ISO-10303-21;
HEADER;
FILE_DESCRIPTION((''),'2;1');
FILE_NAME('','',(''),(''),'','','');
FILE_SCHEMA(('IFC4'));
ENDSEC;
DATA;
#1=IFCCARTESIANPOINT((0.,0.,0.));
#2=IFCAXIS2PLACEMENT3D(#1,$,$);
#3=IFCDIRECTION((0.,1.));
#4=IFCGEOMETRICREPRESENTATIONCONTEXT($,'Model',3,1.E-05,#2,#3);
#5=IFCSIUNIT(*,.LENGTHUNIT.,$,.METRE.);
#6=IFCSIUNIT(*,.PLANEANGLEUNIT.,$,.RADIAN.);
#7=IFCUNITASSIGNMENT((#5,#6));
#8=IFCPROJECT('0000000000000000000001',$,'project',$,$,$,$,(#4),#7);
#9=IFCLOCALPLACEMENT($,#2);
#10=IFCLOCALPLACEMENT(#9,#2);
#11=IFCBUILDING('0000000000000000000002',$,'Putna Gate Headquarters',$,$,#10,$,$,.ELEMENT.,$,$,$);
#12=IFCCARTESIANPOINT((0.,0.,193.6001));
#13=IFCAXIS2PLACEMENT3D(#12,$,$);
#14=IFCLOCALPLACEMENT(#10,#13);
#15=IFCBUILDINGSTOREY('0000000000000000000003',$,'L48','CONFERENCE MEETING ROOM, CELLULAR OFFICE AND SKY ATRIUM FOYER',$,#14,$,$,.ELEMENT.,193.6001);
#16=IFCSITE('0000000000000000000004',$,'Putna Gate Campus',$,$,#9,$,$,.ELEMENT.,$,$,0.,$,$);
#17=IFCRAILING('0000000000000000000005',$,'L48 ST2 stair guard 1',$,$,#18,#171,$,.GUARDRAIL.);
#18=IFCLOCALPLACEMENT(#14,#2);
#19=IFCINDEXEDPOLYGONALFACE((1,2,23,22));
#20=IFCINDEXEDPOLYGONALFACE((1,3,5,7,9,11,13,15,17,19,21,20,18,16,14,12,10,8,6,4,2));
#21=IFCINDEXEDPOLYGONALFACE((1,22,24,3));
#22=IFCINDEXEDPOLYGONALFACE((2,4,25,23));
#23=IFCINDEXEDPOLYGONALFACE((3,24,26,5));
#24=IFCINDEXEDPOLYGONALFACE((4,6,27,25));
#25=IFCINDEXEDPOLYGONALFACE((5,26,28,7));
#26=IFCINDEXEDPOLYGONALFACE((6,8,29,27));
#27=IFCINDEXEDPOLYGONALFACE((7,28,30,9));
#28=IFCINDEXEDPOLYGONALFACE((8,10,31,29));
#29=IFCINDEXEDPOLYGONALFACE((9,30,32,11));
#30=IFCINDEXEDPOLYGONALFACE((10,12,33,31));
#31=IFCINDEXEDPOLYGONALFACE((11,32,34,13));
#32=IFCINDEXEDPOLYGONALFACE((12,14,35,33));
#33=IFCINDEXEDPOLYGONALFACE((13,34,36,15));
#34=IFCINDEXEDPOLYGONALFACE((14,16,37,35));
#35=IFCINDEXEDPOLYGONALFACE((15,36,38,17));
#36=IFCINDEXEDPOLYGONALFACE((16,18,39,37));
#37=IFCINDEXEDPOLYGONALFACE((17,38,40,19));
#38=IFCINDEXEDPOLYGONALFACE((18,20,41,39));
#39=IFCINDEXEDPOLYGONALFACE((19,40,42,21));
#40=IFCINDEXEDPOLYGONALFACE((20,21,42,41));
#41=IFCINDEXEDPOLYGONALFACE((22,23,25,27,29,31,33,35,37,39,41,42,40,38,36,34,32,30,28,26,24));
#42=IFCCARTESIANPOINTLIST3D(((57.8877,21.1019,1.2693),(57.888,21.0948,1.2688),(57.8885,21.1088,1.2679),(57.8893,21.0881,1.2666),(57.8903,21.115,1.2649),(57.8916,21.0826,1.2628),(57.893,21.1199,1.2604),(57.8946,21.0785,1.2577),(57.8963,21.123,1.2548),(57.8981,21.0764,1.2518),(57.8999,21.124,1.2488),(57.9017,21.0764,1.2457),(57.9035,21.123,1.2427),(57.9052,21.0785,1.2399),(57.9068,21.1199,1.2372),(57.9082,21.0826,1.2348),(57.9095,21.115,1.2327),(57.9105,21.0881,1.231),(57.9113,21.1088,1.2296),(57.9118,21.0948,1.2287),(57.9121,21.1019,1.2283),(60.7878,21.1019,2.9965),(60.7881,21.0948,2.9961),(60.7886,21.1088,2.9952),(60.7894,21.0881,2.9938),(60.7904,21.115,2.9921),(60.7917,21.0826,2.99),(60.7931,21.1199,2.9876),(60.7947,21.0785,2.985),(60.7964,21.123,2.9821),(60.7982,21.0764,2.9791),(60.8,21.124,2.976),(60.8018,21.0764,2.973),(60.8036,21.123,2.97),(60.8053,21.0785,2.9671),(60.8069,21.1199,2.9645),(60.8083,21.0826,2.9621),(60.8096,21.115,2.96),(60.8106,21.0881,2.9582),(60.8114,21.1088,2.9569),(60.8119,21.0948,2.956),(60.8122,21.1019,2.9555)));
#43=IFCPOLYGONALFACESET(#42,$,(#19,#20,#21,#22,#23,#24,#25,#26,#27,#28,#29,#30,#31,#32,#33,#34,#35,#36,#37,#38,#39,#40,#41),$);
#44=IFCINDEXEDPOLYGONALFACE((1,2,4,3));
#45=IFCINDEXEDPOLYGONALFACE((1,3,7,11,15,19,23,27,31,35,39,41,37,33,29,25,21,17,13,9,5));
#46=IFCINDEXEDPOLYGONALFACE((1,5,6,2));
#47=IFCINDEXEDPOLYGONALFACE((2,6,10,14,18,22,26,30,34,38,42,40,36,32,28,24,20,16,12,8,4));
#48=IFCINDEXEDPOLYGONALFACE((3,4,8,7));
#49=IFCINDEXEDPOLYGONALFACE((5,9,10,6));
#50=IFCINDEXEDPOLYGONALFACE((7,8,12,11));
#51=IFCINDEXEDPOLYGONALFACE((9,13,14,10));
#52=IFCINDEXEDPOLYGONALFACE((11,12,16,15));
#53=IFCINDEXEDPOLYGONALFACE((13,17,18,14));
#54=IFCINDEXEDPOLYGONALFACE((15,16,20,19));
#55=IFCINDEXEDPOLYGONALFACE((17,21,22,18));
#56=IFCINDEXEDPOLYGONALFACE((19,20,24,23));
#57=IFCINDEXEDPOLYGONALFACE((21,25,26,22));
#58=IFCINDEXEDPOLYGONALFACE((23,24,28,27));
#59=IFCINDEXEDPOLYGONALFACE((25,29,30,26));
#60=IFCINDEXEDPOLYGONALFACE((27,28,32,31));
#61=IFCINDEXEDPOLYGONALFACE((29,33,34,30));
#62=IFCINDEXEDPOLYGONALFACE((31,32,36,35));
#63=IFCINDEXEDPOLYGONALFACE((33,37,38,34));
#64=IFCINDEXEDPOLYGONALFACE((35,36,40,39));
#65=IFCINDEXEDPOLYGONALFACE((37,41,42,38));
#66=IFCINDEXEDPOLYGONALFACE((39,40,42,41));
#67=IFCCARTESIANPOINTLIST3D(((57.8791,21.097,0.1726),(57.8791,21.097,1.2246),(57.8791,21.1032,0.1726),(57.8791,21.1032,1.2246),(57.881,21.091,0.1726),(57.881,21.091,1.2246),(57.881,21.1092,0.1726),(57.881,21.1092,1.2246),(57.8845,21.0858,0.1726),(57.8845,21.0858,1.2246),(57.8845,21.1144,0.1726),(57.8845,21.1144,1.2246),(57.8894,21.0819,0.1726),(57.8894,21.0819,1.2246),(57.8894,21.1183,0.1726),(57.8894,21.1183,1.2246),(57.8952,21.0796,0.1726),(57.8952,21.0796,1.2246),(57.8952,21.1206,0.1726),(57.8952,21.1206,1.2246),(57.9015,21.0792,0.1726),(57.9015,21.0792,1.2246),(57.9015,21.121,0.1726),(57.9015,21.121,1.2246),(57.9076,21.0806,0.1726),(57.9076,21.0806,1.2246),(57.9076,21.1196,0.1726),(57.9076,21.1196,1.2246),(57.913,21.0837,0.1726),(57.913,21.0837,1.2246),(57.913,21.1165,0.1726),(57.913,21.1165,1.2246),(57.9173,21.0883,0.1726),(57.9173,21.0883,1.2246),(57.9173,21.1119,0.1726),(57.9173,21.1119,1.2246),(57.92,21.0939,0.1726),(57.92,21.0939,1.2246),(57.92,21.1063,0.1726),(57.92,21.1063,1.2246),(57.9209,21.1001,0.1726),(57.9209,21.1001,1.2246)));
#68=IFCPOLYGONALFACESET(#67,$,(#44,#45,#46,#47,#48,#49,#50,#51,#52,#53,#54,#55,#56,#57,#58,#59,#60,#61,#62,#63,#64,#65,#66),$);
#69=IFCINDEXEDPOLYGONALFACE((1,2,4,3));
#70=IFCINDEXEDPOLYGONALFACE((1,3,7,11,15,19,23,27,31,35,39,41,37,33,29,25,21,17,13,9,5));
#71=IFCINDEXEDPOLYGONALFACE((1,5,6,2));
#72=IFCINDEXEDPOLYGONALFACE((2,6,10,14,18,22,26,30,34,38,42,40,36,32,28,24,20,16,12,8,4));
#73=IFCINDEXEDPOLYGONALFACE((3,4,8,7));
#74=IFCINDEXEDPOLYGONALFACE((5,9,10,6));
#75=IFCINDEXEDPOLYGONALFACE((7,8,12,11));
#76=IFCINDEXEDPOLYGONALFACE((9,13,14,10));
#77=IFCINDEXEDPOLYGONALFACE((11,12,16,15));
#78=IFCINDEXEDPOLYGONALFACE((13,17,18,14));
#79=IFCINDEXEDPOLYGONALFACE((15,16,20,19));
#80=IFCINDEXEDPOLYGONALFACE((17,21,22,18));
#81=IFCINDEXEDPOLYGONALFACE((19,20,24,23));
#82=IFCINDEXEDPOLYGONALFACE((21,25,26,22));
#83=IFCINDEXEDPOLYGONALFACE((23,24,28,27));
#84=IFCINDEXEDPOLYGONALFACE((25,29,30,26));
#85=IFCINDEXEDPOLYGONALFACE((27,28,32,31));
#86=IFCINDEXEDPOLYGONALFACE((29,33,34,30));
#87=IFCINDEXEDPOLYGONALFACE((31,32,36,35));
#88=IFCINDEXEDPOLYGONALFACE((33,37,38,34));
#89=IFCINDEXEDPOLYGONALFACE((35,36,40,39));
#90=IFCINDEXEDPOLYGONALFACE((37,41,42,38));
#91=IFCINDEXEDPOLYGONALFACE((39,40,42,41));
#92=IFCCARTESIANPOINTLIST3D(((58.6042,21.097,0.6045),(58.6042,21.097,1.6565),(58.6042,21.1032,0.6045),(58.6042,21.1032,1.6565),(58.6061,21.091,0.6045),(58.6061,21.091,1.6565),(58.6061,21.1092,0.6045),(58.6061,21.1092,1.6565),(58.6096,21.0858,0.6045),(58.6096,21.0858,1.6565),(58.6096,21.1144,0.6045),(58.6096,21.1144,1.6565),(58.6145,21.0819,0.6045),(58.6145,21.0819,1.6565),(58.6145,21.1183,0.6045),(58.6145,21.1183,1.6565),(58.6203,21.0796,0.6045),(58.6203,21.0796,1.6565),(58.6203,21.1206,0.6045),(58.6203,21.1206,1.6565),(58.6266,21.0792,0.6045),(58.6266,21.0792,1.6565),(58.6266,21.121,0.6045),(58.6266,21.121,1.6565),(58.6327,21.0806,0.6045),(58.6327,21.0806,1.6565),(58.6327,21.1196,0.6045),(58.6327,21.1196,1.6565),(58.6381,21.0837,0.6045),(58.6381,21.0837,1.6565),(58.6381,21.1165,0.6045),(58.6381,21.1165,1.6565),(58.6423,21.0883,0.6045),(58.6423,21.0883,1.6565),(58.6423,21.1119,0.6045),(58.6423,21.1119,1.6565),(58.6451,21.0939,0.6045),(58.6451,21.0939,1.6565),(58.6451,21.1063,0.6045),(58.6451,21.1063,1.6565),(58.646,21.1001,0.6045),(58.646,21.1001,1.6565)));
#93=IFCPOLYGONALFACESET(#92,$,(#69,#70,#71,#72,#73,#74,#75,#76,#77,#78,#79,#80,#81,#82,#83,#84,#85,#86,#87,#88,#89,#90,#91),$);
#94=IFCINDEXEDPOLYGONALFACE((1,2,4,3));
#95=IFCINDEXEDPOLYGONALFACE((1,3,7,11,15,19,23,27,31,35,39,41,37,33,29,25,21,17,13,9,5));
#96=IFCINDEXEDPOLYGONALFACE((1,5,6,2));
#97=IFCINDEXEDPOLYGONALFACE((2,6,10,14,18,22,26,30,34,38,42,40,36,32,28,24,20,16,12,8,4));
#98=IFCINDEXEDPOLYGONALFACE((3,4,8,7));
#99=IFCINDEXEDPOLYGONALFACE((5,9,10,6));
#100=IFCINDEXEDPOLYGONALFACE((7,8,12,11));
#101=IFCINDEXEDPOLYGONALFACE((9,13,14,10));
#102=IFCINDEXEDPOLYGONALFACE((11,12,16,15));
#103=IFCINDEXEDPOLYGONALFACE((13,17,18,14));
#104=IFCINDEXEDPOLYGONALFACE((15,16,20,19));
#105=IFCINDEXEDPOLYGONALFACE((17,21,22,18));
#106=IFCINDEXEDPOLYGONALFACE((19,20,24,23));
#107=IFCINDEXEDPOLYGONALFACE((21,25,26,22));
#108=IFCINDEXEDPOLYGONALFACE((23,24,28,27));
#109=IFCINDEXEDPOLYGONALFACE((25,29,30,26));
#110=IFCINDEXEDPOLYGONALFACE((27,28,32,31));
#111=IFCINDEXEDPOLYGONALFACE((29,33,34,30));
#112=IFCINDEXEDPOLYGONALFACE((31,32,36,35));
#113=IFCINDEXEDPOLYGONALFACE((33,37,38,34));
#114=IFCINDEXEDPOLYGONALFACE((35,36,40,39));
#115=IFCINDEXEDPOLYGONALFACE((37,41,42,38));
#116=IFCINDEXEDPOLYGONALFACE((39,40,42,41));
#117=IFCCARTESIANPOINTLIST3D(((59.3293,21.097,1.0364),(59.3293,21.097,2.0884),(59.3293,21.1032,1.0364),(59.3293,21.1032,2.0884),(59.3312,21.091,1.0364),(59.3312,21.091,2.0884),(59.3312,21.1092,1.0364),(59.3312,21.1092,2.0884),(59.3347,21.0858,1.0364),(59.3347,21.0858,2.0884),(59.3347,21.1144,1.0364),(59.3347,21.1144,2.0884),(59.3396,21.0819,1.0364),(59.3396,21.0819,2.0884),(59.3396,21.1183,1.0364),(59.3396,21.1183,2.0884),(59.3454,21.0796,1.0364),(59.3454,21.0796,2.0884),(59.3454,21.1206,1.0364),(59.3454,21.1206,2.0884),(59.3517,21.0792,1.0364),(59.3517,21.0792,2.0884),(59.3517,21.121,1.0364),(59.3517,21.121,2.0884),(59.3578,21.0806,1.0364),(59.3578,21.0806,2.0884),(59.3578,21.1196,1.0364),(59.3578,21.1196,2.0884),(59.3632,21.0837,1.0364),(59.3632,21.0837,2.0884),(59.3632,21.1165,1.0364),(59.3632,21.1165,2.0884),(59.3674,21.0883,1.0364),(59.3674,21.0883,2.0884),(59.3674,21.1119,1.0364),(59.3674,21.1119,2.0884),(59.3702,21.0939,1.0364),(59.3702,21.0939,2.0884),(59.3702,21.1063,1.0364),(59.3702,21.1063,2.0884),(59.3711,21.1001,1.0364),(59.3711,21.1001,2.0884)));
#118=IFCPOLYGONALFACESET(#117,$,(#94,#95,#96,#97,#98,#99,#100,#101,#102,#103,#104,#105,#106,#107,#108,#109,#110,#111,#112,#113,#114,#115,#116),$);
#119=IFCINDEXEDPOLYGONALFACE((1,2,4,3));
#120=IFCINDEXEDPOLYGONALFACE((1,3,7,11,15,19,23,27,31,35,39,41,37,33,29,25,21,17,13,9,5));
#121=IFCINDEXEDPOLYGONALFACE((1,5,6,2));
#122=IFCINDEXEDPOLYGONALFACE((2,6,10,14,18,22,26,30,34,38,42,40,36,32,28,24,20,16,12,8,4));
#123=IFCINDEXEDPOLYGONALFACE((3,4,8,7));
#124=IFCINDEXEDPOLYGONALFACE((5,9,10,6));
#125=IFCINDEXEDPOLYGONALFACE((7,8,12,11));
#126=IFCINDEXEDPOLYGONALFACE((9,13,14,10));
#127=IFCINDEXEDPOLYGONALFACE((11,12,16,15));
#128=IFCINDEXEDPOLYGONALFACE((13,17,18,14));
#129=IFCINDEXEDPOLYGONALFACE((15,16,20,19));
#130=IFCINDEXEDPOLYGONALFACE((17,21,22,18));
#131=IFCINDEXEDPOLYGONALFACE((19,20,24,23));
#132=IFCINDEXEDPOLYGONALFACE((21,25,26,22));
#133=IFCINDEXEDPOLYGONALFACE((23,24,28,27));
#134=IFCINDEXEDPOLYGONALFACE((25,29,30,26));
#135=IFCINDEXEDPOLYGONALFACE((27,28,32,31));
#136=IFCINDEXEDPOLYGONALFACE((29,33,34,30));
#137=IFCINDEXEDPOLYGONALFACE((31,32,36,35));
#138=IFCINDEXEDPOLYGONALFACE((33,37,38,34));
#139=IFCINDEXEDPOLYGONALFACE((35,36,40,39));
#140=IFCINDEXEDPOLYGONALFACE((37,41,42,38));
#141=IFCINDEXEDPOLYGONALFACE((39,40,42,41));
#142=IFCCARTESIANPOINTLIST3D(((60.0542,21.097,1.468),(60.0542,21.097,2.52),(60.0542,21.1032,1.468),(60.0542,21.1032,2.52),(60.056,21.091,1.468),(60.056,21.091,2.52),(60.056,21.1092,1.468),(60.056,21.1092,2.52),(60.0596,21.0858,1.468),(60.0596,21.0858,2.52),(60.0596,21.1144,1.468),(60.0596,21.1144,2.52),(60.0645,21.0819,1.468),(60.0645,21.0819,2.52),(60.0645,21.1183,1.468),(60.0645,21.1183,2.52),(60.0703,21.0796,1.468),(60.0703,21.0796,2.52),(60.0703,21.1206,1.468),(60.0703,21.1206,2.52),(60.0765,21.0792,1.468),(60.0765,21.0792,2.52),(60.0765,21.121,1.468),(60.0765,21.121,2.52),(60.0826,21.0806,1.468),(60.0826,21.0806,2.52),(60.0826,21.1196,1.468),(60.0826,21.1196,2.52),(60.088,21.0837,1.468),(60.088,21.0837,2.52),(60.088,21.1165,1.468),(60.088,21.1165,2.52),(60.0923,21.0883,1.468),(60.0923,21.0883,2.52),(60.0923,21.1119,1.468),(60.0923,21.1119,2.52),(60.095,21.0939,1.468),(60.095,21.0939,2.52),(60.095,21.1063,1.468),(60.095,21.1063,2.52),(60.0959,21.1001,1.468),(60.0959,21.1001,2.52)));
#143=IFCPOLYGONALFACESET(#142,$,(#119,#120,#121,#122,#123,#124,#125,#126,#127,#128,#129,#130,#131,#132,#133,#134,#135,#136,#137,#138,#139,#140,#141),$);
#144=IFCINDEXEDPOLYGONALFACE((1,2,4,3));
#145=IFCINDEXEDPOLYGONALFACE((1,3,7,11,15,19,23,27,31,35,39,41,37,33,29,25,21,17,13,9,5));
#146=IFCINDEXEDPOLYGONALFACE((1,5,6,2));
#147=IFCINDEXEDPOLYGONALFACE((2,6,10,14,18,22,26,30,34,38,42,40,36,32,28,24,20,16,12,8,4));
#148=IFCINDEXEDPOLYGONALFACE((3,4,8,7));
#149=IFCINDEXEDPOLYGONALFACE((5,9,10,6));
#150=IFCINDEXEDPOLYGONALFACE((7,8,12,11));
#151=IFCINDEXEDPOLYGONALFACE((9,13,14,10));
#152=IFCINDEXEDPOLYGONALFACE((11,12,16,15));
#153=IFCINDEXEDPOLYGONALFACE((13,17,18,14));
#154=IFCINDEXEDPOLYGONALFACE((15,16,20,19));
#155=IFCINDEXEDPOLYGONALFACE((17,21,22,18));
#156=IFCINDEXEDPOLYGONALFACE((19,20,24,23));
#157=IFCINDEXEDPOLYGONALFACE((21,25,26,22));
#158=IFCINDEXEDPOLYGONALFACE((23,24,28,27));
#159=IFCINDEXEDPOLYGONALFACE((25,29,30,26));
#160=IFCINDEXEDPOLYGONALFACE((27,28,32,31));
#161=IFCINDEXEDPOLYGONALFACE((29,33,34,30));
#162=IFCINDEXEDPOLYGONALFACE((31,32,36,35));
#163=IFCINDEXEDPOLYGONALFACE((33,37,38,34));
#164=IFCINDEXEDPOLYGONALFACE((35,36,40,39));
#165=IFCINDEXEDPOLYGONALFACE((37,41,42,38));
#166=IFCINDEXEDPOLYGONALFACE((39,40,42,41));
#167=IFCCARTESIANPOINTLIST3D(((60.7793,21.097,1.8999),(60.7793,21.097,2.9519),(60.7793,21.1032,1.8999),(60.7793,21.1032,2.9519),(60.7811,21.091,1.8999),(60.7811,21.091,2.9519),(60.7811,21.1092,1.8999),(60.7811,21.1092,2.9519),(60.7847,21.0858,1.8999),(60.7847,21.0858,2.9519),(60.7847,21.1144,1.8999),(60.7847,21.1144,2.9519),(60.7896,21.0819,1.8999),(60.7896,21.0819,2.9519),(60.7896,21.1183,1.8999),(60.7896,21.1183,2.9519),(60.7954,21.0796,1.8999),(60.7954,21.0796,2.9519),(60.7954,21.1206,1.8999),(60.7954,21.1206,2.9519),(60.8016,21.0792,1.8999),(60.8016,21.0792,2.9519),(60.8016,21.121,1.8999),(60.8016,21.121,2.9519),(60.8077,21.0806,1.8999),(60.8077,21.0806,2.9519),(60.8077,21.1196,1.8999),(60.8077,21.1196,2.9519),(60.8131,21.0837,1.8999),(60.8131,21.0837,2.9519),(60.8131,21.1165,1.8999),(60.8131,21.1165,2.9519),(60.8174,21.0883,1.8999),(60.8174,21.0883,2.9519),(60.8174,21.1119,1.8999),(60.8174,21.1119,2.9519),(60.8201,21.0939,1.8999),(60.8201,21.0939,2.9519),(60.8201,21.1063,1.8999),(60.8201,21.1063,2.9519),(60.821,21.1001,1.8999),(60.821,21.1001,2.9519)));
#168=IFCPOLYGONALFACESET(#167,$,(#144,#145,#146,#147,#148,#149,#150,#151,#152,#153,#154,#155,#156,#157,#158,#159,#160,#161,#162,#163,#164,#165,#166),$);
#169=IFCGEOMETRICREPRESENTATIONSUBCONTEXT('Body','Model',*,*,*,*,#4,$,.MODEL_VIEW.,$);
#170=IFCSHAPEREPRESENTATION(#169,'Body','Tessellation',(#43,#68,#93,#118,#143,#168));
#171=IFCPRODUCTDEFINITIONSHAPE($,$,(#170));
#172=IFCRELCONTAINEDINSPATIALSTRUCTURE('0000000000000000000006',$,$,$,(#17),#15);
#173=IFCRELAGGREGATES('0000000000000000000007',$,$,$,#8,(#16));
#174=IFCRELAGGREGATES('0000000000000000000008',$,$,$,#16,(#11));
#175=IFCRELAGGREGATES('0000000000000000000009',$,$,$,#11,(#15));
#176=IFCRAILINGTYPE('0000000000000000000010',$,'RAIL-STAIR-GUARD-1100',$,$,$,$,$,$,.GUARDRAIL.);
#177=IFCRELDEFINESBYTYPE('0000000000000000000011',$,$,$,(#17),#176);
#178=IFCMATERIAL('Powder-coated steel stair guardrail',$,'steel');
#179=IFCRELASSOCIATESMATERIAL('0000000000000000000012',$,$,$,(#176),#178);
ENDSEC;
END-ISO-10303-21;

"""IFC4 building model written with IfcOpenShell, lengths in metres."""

from ifc_helpers import new_model, si_unit, direction, frame, origin, origin_2d, place, context, subcontext, project, spatial, circle, extrude, material, type_object, element, save


model = new_model("IFC4")

# Units and contexts
model_context = context("Model", 3, precision=1e-05, world=origin(), true_north=direction((0.0, 1.0)))
body_context = subcontext(model_context, "Body", "Model", "MODEL_VIEW")
ifc_project = project(units=[si_unit("LENGTHUNIT", "METRE"), si_unit("PLANEANGLEUNIT", "RADIAN")], contexts=[model_context])

# Site, building, storey
site_placement = place(None, origin())
site = spatial("IfcSite", under=ifc_project, at=site_placement, Name="Putna Gate Campus", CompositionType="ELEMENT", RefElevation=0.0)
building_placement = place(site_placement, origin())
building = spatial("IfcBuilding", under=site, at=building_placement, Name="Putna Gate Headquarters", CompositionType="ELEMENT")
storey_placement = place(building_placement, frame((0.0, 0.0, 193.6001)))
storey = spatial("IfcBuildingStorey", under=building, at=storey_placement, Name="L48", Description="CONFERENCE MEETING ROOM, CELLULAR OFFICE AND SKY ATRIUM FOYER", CompositionType="ELEMENT", Elevation=193.6001)

# Railing
ifc_material_1 = material(Name="Powder-coated steel stair guardrail", Category="steel")
railing_type_1 = type_object("IfcRailingType", Name="RAIL-STAIR-GUARD-1100", PredefinedType="GUARDRAIL", material=ifc_material_1)
railing_1_placement = place(storey_placement, frame((57.8999, 21.1001, 0.1726)))
element("IfcRailing", 1, at=railing_1_placement, inside=storey, type_object=railing_type_1, Name="L48 ST2 stair guard 1", PredefinedType="GUARDRAIL", context=body_context, shape_type="SweptSolid", body=[
    extrude(circle(Radius=0.0239, at=origin_2d()), frame((0.0, 0.0, 1.0762), z_axis=(0.85916, 0.0, 0.511706), x_axis=(0.0, 1.0, 0.0)), (0.0, 0.0, 1.0), 3.3755),
    extrude(circle(Radius=0.021, at=origin_2d()), origin(), (0.0, 0.0, 1.0), 1.052),
    extrude(circle(Radius=0.021, at=origin_2d()), frame((0.7251, 0.0, 0.4319)), (0.0, 0.0, 1.0), 1.052),
    extrude(circle(Radius=0.021, at=origin_2d()), frame((1.4502, 0.0, 0.8638)), (0.0, 0.0, 1.0), 1.052),
    extrude(circle(Radius=0.021, at=origin_2d()), frame((2.175, 0.0, 1.2954)), (0.0, 0.0, 1.0), 1.052),
    extrude(circle(Radius=0.021, at=origin_2d()), frame((2.9001, 0.0, 1.7273)), (0.0, 0.0, 1.0), 1.052),
])

save(model, "model.ifc")
